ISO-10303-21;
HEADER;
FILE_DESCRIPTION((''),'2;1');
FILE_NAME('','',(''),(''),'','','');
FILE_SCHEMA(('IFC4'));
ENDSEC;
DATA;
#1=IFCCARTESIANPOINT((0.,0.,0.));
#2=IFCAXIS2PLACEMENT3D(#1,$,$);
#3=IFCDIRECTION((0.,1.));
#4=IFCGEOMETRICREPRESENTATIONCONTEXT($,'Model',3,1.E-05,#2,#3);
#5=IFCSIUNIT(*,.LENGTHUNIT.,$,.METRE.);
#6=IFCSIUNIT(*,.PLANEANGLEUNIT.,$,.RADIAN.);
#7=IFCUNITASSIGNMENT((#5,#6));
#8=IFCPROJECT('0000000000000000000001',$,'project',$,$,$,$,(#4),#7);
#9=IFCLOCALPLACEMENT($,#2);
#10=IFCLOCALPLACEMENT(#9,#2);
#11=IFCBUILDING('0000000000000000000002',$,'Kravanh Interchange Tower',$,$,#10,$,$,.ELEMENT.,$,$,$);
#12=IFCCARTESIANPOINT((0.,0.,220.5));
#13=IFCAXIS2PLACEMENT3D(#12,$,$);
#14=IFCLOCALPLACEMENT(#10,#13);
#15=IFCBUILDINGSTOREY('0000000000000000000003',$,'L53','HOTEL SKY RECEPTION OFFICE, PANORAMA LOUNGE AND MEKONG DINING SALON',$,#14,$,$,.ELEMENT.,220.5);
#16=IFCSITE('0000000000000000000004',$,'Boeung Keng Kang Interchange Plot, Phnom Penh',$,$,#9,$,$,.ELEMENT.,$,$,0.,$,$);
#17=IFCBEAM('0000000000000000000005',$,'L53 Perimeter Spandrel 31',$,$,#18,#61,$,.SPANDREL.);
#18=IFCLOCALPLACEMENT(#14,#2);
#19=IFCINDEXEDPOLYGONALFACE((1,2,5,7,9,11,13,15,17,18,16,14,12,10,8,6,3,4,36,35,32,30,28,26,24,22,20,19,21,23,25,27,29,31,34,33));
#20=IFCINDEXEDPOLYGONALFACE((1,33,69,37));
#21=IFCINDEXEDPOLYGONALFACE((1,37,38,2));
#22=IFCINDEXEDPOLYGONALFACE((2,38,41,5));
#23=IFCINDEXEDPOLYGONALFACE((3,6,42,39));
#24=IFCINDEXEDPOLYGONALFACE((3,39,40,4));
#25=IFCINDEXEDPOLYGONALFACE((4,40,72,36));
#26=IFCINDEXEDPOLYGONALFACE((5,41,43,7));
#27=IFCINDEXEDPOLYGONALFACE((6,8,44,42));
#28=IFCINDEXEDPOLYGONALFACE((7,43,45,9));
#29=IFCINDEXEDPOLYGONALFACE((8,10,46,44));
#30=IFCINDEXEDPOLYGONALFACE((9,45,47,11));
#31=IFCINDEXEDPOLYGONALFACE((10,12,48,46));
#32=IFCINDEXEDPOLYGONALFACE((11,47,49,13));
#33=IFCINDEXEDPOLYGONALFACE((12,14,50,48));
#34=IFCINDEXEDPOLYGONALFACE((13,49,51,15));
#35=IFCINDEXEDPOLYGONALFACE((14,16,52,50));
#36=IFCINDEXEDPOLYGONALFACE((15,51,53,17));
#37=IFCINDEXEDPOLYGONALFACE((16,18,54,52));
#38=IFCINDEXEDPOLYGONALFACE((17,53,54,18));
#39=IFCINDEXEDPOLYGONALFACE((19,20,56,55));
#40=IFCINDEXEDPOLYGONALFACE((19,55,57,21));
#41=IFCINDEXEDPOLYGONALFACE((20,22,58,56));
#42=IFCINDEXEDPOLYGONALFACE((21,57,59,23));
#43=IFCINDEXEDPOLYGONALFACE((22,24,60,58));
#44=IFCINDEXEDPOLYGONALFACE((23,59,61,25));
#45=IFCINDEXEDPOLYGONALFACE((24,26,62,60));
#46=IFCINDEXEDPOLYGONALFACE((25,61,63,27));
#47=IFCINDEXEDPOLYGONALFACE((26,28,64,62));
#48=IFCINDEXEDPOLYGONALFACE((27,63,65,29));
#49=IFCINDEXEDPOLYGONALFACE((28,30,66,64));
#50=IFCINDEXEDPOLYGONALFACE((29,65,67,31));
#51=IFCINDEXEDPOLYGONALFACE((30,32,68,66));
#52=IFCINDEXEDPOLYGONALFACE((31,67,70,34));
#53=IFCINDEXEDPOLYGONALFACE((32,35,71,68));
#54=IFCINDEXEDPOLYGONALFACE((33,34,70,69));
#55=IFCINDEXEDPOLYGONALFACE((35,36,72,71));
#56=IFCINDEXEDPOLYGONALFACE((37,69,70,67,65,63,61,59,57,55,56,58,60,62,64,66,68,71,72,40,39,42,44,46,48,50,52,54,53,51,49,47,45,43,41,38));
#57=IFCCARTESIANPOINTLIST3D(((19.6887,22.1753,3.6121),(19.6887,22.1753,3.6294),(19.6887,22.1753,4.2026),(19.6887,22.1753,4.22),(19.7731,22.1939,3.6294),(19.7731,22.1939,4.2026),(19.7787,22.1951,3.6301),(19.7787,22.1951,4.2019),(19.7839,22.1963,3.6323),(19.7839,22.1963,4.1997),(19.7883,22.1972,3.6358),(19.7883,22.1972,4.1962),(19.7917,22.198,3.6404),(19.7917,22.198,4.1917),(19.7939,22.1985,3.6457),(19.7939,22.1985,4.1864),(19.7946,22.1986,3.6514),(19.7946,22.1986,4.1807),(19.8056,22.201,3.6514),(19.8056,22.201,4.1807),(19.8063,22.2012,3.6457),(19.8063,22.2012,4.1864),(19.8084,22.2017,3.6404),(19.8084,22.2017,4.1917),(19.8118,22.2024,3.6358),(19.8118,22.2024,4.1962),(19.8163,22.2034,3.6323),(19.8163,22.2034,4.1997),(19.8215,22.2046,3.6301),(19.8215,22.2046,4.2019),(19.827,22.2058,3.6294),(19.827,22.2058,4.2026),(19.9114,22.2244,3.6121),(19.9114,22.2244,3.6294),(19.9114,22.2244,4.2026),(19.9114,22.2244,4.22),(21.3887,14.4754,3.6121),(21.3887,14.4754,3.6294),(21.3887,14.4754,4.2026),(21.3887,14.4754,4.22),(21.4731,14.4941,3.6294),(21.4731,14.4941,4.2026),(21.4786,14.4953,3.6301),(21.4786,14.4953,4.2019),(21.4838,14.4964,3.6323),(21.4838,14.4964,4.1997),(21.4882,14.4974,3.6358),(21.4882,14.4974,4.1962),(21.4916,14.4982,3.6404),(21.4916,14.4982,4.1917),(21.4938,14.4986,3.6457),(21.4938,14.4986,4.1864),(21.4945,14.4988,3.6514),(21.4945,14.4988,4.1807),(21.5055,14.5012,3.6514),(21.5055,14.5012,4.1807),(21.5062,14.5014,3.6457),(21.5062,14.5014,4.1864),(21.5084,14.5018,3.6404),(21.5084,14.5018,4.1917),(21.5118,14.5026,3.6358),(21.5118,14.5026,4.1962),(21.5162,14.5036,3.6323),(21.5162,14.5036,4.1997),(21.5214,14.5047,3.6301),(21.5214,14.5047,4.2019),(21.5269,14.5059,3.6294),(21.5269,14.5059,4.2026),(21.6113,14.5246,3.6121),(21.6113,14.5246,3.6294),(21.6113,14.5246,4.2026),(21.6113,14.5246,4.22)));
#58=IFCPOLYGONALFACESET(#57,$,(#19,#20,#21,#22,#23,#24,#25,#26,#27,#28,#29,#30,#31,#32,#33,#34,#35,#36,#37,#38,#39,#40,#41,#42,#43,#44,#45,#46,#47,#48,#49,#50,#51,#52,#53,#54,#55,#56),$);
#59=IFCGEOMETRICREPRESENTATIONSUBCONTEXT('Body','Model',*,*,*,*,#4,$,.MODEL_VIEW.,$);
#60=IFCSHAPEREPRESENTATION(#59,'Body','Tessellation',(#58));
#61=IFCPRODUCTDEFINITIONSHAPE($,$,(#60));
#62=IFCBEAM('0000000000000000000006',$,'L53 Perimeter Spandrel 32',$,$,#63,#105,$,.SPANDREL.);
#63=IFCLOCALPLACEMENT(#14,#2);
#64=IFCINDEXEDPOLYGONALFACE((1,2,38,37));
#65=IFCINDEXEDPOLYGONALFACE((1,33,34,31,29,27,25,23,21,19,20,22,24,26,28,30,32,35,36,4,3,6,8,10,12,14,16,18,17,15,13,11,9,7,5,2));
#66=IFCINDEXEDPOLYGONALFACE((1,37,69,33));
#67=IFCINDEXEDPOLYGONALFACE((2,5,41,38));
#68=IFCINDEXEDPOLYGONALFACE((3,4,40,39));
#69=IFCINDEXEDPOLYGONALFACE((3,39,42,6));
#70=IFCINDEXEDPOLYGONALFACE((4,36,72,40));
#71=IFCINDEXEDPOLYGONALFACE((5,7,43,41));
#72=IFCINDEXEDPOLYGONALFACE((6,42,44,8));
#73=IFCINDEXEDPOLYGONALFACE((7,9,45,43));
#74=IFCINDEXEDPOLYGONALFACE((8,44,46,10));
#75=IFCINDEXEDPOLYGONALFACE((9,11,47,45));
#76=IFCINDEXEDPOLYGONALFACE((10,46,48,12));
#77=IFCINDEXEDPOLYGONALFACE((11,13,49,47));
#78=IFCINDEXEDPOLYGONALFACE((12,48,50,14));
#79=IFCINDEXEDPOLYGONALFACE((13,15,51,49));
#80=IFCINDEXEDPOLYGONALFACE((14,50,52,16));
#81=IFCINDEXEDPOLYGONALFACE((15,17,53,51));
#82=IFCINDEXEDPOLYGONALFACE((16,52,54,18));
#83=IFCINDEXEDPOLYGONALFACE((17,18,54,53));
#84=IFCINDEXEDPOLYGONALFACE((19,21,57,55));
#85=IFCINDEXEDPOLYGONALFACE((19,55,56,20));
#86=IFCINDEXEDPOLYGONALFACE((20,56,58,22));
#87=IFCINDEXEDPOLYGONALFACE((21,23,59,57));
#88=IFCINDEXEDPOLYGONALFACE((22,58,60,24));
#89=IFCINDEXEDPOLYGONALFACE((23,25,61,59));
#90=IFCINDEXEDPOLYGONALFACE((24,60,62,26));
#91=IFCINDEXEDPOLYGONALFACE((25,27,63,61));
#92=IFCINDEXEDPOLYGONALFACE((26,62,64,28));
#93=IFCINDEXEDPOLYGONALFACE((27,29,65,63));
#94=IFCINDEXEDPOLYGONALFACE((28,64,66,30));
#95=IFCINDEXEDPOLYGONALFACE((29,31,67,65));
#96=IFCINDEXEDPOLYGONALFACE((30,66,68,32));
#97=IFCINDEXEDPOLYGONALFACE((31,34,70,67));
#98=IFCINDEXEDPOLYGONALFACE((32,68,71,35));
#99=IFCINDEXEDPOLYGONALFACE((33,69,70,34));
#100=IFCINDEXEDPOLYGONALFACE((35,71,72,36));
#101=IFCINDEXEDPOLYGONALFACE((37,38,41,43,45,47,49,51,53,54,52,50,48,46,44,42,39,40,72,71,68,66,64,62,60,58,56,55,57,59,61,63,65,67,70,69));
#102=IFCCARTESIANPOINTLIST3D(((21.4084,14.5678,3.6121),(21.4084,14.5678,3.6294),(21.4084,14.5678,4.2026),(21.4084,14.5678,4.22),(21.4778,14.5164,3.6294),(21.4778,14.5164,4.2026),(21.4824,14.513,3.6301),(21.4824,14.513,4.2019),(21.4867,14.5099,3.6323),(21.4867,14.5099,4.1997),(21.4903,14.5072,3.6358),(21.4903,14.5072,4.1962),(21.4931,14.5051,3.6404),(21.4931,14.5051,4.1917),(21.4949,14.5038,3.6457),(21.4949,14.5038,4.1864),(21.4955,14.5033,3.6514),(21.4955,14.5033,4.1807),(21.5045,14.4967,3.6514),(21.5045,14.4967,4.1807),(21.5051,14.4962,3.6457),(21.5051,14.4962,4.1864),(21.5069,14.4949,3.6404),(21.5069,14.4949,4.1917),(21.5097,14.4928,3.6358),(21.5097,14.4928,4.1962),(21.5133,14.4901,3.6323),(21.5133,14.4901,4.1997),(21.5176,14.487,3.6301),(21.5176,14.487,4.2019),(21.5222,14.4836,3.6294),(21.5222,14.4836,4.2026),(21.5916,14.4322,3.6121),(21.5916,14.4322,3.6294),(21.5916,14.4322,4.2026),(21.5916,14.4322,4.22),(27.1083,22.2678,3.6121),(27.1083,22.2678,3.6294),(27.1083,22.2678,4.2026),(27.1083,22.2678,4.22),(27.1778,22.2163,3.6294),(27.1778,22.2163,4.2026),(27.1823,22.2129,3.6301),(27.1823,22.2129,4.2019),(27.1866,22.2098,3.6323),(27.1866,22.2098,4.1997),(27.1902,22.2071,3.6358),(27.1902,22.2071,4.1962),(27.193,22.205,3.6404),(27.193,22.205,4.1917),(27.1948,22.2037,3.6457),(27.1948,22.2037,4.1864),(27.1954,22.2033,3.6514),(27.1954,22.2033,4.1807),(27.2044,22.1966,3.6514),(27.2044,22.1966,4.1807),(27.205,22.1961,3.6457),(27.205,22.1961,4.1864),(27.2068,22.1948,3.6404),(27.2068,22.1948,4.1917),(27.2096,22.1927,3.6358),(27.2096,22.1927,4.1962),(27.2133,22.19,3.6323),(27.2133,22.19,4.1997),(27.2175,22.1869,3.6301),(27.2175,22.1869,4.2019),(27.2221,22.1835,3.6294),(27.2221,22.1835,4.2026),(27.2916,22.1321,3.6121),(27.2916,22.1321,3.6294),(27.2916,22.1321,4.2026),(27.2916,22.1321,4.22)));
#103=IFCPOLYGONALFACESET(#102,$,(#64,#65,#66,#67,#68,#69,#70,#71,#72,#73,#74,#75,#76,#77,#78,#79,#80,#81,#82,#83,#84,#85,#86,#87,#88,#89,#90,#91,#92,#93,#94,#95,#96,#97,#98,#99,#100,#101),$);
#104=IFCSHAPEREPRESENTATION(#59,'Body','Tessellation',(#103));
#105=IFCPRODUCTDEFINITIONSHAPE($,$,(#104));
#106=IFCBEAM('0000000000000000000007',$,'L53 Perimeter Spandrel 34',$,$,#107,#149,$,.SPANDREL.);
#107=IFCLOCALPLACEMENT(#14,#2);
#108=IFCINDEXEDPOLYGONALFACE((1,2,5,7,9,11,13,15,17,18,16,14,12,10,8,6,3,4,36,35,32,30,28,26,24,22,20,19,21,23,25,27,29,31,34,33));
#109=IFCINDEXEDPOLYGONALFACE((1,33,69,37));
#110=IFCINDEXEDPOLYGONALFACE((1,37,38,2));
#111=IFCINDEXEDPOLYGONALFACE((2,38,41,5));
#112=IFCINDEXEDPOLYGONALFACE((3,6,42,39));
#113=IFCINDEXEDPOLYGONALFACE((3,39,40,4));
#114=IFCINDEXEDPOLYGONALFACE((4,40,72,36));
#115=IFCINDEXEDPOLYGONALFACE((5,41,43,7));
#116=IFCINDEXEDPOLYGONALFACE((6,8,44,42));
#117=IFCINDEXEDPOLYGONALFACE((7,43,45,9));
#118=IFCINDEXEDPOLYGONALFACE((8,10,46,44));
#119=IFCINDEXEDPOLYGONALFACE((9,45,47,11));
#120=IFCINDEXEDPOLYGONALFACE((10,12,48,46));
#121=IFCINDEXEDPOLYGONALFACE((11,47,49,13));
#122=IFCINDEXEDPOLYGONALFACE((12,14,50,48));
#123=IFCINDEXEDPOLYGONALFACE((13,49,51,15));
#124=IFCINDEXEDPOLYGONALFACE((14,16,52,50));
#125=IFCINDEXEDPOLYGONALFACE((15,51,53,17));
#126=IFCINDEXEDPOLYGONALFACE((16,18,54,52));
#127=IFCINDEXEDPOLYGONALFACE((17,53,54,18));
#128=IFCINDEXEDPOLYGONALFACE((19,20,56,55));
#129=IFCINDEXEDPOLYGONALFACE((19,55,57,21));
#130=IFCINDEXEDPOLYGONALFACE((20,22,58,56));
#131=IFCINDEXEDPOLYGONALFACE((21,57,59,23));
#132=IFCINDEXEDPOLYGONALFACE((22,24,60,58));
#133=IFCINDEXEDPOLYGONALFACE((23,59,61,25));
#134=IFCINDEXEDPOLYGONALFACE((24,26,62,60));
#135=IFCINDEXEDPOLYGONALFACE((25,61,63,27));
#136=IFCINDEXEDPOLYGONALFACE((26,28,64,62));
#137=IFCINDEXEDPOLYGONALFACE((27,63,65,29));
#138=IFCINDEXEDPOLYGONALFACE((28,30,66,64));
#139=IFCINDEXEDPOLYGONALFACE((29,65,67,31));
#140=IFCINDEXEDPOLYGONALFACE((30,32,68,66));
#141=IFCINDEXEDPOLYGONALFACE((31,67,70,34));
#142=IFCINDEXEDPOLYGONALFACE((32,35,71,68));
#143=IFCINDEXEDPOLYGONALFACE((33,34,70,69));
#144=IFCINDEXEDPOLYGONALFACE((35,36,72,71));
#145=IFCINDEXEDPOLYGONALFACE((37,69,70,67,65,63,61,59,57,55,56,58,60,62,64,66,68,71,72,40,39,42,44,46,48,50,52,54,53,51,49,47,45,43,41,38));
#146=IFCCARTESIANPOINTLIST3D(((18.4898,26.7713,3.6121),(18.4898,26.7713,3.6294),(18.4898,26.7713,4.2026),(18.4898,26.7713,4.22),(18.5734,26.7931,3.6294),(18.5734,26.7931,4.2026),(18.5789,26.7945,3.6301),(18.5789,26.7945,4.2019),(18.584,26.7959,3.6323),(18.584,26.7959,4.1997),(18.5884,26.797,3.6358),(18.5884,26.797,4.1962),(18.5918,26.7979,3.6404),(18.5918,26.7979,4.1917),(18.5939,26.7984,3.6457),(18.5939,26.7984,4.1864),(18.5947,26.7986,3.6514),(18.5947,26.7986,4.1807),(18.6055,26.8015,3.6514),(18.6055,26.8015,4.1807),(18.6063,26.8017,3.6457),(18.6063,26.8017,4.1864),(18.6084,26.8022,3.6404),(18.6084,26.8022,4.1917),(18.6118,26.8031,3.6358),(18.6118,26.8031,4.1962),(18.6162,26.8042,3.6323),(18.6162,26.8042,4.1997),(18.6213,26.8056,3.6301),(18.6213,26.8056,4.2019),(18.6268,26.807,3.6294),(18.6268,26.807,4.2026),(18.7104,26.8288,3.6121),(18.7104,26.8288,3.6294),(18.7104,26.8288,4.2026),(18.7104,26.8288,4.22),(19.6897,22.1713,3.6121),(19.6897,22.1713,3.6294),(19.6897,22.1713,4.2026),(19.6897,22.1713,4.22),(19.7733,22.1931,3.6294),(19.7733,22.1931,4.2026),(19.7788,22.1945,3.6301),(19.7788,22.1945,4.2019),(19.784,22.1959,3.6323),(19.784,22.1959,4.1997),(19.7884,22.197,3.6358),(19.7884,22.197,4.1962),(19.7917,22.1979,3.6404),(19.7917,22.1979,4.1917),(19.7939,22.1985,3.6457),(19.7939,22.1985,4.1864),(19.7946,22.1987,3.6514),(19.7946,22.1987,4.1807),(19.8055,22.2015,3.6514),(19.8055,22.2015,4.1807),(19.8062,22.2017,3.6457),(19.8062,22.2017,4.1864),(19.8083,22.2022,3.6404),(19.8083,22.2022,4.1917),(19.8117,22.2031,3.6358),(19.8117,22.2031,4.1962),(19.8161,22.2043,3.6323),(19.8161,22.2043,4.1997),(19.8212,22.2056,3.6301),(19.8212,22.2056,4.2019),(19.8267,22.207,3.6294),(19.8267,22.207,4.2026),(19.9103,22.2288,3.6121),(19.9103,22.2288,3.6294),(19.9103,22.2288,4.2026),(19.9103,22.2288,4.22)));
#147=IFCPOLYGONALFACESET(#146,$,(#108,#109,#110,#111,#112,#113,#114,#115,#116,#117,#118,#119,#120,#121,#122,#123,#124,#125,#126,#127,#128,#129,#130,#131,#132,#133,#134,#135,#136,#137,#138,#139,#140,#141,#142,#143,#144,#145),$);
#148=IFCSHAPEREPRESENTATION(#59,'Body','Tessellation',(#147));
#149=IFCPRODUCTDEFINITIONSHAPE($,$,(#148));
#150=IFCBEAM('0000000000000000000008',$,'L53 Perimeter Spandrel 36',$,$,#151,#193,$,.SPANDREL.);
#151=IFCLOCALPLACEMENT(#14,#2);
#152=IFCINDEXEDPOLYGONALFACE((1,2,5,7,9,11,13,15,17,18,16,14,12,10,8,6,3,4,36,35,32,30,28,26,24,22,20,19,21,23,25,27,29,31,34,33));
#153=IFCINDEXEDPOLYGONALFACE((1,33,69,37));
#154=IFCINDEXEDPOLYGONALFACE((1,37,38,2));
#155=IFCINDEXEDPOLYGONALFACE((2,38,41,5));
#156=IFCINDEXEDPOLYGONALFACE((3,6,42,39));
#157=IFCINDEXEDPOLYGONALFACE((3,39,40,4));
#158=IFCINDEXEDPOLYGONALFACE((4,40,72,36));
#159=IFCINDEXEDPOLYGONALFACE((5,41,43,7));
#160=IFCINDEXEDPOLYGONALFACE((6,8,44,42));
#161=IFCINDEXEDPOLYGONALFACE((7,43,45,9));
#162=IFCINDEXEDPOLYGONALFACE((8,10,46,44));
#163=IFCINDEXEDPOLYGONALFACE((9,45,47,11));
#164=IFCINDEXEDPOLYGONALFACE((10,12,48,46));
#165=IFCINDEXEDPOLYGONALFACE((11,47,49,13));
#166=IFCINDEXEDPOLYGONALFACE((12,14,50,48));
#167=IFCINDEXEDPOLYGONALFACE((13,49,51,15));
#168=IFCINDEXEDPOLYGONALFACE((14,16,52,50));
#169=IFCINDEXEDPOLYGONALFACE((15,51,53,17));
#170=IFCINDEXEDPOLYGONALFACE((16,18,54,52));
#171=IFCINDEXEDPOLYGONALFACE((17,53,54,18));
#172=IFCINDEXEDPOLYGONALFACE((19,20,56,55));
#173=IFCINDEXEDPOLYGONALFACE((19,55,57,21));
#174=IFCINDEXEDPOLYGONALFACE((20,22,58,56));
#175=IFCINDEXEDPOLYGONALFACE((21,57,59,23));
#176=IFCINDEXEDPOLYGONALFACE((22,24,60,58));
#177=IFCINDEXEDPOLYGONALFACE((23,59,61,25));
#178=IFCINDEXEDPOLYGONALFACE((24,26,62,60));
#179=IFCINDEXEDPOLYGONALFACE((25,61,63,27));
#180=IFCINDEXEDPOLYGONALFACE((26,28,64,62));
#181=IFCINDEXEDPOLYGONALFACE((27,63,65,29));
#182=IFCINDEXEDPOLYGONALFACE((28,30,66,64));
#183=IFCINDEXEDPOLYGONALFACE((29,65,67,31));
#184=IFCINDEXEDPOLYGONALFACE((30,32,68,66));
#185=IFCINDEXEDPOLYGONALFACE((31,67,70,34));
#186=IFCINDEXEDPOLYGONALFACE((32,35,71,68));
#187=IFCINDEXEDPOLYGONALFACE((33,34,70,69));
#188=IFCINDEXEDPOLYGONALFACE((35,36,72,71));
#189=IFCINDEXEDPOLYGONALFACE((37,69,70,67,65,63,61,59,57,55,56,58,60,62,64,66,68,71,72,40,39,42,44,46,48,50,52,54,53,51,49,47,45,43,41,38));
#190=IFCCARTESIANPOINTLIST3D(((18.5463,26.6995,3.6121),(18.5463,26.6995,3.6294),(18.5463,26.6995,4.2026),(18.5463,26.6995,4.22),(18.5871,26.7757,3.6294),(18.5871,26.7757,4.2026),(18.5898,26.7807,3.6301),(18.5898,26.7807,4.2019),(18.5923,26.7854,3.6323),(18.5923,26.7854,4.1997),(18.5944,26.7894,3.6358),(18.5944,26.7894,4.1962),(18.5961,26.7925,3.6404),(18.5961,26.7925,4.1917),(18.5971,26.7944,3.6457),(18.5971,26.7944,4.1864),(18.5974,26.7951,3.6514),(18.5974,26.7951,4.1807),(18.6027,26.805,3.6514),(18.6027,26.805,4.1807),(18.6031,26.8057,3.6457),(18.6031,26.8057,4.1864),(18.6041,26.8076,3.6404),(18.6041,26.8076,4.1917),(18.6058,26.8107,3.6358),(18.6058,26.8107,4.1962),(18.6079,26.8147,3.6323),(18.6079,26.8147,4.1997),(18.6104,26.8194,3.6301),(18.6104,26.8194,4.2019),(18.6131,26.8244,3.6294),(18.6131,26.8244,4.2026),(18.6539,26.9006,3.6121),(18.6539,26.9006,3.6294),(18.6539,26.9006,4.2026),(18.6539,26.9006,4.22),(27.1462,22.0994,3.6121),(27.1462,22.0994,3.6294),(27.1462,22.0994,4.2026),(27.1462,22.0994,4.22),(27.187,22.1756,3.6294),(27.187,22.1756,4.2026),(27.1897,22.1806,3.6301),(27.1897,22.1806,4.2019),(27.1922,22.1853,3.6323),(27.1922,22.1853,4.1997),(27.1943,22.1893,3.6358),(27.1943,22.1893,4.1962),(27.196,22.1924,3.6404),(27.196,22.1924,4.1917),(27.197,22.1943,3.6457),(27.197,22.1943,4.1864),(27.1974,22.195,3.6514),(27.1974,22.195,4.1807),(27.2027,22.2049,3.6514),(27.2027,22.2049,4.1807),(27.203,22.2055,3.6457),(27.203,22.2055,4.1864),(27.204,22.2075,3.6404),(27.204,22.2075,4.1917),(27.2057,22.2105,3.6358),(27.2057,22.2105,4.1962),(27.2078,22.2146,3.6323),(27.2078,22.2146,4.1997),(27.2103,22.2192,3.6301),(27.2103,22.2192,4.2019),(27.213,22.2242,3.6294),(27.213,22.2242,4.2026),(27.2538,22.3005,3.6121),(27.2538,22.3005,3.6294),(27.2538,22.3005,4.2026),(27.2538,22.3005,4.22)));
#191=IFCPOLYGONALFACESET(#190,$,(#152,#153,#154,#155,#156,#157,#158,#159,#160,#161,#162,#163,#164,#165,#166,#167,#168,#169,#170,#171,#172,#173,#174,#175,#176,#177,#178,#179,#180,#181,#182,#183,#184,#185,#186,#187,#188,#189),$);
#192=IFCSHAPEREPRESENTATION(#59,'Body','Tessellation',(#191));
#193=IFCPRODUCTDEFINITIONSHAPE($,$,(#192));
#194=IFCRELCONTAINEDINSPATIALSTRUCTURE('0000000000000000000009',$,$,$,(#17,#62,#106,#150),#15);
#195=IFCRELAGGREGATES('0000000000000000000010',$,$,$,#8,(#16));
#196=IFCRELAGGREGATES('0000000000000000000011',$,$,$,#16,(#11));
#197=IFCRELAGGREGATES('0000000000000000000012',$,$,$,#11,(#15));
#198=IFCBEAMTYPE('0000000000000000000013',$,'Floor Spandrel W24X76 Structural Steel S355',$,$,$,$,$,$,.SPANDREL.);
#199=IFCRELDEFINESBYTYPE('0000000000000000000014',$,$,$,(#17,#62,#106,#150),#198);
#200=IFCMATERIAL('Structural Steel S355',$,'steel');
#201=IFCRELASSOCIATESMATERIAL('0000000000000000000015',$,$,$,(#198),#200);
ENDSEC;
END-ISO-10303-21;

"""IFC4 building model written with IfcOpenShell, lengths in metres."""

from ifc_helpers import new_model, si_unit, direction, frame, origin, origin_2d, place, context, subcontext, project, spatial, i_section, extrude, material, material_profile, profile_set, type_object, element, save


model = new_model("IFC4")

# Units and contexts
model_context = context("Model", 3, precision=1e-05, world=origin(), true_north=direction((0.0, 1.0)))
body_context = subcontext(model_context, "Body", "Model", "MODEL_VIEW")
ifc_project = project(units=[si_unit("LENGTHUNIT", "METRE"), si_unit("PLANEANGLEUNIT", "RADIAN")], contexts=[model_context])

# Site, building, storey
site_placement = place(None, origin())
site = spatial("IfcSite", under=ifc_project, at=site_placement, Name="Boeung Keng Kang Interchange Plot, Phnom Penh", CompositionType="ELEMENT", RefElevation=0.0)
building_placement = place(site_placement, origin())
building = spatial("IfcBuilding", under=site, at=building_placement, Name="Kravanh Interchange Tower", CompositionType="ELEMENT")
storey_placement = place(building_placement, frame((0.0, 0.0, 220.5)))
storey = spatial("IfcBuildingStorey", under=building, at=storey_placement, Name="L53", Description="HOTEL SKY RECEPTION OFFICE, PANORAMA LOUNGE AND MEKONG DINING SALON", CompositionType="ELEMENT", Elevation=220.5)

# Beams
ifc_material_1 = material(Name="Structural Steel S355", Category="steel")
ifc_material_profile_1 = material_profile(ifc_material_1, i_section(OverallWidth=0.228, OverallDepth=0.6079, WebThickness=0.0112, FlangeThickness=0.0173, FilletRadius=0.022, at=origin_2d()), Name="W24X76")
ifc_profile_set_1 = profile_set([ifc_material_profile_1], Name="Structural Steel S355")
beam_type_1 = type_object("IfcBeamType", Name="Floor Spandrel W24X76 Structural Steel S355", PredefinedType="SPANDREL", material=ifc_profile_set_1)
beam_1_placement = place(storey_placement, frame((21.5, 14.5, 3.916), z_axis=(-0.215583, 0.976486, 0.0), x_axis=(-0.976486, -0.215583, 0.0)))
element("IfcBeam", 1, at=beam_1_placement, inside=storey, type_object=beam_type_1, Name="L53 Perimeter Spandrel 31", PredefinedType="SPANDREL", context=body_context, shape_type="SweptSolid", body=[
    extrude(i_section(OverallWidth=0.228, OverallDepth=0.6079, WebThickness=0.0112, FlangeThickness=0.0173, FilletRadius=0.022, at=origin_2d()), origin(), (0.0, 0.0, 1.0), 7.8853),
])
beam_2_placement = place(storey_placement, frame((21.5, 14.5, 3.916), z_axis=(0.594977, 0.803743, 0.0), x_axis=(-0.803743, 0.594977, 0.0)))
element("IfcBeam", 2, at=beam_2_placement, inside=storey, type_object=beam_type_1, Name="L53 Perimeter Spandrel 32", PredefinedType="SPANDREL", context=body_context, shape_type="SweptSolid", body=[
    extrude(i_section(OverallWidth=0.228, OverallDepth=0.6079, WebThickness=0.0112, FlangeThickness=0.0173, FilletRadius=0.022, at=origin_2d()), origin(), (0.0, 0.0, 1.0), 9.5801),
])
beam_3_placement = place(storey_placement, frame((18.6001, 26.8, 3.916), z_axis=(0.252407, -0.967621, 0.0), x_axis=(0.967621, 0.252407, 0.0)))
element("IfcBeam", 3, at=beam_3_placement, inside=storey, type_object=beam_type_1, Name="L53 Perimeter Spandrel 34", PredefinedType="SPANDREL", context=body_context, shape_type="SweptSolid", body=[
    extrude(i_section(OverallWidth=0.228, OverallDepth=0.6079, WebThickness=0.0112, FlangeThickness=0.0173, FilletRadius=0.022, at=origin_2d()), origin(), (0.0, 0.0, 1.0), 4.7539),
])
beam_4_placement = place(storey_placement, frame((18.6001, 26.8, 3.916), z_axis=(0.881777, -0.471666, 0.0), x_axis=(0.471666, 0.881777, 0.0)))
element("IfcBeam", 4, at=beam_4_placement, inside=storey, type_object=beam_type_1, Name="L53 Perimeter Spandrel 36", PredefinedType="SPANDREL", context=body_context, shape_type="SweptSolid", body=[
    extrude(i_section(OverallWidth=0.228, OverallDepth=0.6079, WebThickness=0.0112, FlangeThickness=0.0173, FilletRadius=0.022, at=origin_2d()), origin(), (0.0, 0.0, 1.0), 9.7529),
])

save(model, "model.ifc")
